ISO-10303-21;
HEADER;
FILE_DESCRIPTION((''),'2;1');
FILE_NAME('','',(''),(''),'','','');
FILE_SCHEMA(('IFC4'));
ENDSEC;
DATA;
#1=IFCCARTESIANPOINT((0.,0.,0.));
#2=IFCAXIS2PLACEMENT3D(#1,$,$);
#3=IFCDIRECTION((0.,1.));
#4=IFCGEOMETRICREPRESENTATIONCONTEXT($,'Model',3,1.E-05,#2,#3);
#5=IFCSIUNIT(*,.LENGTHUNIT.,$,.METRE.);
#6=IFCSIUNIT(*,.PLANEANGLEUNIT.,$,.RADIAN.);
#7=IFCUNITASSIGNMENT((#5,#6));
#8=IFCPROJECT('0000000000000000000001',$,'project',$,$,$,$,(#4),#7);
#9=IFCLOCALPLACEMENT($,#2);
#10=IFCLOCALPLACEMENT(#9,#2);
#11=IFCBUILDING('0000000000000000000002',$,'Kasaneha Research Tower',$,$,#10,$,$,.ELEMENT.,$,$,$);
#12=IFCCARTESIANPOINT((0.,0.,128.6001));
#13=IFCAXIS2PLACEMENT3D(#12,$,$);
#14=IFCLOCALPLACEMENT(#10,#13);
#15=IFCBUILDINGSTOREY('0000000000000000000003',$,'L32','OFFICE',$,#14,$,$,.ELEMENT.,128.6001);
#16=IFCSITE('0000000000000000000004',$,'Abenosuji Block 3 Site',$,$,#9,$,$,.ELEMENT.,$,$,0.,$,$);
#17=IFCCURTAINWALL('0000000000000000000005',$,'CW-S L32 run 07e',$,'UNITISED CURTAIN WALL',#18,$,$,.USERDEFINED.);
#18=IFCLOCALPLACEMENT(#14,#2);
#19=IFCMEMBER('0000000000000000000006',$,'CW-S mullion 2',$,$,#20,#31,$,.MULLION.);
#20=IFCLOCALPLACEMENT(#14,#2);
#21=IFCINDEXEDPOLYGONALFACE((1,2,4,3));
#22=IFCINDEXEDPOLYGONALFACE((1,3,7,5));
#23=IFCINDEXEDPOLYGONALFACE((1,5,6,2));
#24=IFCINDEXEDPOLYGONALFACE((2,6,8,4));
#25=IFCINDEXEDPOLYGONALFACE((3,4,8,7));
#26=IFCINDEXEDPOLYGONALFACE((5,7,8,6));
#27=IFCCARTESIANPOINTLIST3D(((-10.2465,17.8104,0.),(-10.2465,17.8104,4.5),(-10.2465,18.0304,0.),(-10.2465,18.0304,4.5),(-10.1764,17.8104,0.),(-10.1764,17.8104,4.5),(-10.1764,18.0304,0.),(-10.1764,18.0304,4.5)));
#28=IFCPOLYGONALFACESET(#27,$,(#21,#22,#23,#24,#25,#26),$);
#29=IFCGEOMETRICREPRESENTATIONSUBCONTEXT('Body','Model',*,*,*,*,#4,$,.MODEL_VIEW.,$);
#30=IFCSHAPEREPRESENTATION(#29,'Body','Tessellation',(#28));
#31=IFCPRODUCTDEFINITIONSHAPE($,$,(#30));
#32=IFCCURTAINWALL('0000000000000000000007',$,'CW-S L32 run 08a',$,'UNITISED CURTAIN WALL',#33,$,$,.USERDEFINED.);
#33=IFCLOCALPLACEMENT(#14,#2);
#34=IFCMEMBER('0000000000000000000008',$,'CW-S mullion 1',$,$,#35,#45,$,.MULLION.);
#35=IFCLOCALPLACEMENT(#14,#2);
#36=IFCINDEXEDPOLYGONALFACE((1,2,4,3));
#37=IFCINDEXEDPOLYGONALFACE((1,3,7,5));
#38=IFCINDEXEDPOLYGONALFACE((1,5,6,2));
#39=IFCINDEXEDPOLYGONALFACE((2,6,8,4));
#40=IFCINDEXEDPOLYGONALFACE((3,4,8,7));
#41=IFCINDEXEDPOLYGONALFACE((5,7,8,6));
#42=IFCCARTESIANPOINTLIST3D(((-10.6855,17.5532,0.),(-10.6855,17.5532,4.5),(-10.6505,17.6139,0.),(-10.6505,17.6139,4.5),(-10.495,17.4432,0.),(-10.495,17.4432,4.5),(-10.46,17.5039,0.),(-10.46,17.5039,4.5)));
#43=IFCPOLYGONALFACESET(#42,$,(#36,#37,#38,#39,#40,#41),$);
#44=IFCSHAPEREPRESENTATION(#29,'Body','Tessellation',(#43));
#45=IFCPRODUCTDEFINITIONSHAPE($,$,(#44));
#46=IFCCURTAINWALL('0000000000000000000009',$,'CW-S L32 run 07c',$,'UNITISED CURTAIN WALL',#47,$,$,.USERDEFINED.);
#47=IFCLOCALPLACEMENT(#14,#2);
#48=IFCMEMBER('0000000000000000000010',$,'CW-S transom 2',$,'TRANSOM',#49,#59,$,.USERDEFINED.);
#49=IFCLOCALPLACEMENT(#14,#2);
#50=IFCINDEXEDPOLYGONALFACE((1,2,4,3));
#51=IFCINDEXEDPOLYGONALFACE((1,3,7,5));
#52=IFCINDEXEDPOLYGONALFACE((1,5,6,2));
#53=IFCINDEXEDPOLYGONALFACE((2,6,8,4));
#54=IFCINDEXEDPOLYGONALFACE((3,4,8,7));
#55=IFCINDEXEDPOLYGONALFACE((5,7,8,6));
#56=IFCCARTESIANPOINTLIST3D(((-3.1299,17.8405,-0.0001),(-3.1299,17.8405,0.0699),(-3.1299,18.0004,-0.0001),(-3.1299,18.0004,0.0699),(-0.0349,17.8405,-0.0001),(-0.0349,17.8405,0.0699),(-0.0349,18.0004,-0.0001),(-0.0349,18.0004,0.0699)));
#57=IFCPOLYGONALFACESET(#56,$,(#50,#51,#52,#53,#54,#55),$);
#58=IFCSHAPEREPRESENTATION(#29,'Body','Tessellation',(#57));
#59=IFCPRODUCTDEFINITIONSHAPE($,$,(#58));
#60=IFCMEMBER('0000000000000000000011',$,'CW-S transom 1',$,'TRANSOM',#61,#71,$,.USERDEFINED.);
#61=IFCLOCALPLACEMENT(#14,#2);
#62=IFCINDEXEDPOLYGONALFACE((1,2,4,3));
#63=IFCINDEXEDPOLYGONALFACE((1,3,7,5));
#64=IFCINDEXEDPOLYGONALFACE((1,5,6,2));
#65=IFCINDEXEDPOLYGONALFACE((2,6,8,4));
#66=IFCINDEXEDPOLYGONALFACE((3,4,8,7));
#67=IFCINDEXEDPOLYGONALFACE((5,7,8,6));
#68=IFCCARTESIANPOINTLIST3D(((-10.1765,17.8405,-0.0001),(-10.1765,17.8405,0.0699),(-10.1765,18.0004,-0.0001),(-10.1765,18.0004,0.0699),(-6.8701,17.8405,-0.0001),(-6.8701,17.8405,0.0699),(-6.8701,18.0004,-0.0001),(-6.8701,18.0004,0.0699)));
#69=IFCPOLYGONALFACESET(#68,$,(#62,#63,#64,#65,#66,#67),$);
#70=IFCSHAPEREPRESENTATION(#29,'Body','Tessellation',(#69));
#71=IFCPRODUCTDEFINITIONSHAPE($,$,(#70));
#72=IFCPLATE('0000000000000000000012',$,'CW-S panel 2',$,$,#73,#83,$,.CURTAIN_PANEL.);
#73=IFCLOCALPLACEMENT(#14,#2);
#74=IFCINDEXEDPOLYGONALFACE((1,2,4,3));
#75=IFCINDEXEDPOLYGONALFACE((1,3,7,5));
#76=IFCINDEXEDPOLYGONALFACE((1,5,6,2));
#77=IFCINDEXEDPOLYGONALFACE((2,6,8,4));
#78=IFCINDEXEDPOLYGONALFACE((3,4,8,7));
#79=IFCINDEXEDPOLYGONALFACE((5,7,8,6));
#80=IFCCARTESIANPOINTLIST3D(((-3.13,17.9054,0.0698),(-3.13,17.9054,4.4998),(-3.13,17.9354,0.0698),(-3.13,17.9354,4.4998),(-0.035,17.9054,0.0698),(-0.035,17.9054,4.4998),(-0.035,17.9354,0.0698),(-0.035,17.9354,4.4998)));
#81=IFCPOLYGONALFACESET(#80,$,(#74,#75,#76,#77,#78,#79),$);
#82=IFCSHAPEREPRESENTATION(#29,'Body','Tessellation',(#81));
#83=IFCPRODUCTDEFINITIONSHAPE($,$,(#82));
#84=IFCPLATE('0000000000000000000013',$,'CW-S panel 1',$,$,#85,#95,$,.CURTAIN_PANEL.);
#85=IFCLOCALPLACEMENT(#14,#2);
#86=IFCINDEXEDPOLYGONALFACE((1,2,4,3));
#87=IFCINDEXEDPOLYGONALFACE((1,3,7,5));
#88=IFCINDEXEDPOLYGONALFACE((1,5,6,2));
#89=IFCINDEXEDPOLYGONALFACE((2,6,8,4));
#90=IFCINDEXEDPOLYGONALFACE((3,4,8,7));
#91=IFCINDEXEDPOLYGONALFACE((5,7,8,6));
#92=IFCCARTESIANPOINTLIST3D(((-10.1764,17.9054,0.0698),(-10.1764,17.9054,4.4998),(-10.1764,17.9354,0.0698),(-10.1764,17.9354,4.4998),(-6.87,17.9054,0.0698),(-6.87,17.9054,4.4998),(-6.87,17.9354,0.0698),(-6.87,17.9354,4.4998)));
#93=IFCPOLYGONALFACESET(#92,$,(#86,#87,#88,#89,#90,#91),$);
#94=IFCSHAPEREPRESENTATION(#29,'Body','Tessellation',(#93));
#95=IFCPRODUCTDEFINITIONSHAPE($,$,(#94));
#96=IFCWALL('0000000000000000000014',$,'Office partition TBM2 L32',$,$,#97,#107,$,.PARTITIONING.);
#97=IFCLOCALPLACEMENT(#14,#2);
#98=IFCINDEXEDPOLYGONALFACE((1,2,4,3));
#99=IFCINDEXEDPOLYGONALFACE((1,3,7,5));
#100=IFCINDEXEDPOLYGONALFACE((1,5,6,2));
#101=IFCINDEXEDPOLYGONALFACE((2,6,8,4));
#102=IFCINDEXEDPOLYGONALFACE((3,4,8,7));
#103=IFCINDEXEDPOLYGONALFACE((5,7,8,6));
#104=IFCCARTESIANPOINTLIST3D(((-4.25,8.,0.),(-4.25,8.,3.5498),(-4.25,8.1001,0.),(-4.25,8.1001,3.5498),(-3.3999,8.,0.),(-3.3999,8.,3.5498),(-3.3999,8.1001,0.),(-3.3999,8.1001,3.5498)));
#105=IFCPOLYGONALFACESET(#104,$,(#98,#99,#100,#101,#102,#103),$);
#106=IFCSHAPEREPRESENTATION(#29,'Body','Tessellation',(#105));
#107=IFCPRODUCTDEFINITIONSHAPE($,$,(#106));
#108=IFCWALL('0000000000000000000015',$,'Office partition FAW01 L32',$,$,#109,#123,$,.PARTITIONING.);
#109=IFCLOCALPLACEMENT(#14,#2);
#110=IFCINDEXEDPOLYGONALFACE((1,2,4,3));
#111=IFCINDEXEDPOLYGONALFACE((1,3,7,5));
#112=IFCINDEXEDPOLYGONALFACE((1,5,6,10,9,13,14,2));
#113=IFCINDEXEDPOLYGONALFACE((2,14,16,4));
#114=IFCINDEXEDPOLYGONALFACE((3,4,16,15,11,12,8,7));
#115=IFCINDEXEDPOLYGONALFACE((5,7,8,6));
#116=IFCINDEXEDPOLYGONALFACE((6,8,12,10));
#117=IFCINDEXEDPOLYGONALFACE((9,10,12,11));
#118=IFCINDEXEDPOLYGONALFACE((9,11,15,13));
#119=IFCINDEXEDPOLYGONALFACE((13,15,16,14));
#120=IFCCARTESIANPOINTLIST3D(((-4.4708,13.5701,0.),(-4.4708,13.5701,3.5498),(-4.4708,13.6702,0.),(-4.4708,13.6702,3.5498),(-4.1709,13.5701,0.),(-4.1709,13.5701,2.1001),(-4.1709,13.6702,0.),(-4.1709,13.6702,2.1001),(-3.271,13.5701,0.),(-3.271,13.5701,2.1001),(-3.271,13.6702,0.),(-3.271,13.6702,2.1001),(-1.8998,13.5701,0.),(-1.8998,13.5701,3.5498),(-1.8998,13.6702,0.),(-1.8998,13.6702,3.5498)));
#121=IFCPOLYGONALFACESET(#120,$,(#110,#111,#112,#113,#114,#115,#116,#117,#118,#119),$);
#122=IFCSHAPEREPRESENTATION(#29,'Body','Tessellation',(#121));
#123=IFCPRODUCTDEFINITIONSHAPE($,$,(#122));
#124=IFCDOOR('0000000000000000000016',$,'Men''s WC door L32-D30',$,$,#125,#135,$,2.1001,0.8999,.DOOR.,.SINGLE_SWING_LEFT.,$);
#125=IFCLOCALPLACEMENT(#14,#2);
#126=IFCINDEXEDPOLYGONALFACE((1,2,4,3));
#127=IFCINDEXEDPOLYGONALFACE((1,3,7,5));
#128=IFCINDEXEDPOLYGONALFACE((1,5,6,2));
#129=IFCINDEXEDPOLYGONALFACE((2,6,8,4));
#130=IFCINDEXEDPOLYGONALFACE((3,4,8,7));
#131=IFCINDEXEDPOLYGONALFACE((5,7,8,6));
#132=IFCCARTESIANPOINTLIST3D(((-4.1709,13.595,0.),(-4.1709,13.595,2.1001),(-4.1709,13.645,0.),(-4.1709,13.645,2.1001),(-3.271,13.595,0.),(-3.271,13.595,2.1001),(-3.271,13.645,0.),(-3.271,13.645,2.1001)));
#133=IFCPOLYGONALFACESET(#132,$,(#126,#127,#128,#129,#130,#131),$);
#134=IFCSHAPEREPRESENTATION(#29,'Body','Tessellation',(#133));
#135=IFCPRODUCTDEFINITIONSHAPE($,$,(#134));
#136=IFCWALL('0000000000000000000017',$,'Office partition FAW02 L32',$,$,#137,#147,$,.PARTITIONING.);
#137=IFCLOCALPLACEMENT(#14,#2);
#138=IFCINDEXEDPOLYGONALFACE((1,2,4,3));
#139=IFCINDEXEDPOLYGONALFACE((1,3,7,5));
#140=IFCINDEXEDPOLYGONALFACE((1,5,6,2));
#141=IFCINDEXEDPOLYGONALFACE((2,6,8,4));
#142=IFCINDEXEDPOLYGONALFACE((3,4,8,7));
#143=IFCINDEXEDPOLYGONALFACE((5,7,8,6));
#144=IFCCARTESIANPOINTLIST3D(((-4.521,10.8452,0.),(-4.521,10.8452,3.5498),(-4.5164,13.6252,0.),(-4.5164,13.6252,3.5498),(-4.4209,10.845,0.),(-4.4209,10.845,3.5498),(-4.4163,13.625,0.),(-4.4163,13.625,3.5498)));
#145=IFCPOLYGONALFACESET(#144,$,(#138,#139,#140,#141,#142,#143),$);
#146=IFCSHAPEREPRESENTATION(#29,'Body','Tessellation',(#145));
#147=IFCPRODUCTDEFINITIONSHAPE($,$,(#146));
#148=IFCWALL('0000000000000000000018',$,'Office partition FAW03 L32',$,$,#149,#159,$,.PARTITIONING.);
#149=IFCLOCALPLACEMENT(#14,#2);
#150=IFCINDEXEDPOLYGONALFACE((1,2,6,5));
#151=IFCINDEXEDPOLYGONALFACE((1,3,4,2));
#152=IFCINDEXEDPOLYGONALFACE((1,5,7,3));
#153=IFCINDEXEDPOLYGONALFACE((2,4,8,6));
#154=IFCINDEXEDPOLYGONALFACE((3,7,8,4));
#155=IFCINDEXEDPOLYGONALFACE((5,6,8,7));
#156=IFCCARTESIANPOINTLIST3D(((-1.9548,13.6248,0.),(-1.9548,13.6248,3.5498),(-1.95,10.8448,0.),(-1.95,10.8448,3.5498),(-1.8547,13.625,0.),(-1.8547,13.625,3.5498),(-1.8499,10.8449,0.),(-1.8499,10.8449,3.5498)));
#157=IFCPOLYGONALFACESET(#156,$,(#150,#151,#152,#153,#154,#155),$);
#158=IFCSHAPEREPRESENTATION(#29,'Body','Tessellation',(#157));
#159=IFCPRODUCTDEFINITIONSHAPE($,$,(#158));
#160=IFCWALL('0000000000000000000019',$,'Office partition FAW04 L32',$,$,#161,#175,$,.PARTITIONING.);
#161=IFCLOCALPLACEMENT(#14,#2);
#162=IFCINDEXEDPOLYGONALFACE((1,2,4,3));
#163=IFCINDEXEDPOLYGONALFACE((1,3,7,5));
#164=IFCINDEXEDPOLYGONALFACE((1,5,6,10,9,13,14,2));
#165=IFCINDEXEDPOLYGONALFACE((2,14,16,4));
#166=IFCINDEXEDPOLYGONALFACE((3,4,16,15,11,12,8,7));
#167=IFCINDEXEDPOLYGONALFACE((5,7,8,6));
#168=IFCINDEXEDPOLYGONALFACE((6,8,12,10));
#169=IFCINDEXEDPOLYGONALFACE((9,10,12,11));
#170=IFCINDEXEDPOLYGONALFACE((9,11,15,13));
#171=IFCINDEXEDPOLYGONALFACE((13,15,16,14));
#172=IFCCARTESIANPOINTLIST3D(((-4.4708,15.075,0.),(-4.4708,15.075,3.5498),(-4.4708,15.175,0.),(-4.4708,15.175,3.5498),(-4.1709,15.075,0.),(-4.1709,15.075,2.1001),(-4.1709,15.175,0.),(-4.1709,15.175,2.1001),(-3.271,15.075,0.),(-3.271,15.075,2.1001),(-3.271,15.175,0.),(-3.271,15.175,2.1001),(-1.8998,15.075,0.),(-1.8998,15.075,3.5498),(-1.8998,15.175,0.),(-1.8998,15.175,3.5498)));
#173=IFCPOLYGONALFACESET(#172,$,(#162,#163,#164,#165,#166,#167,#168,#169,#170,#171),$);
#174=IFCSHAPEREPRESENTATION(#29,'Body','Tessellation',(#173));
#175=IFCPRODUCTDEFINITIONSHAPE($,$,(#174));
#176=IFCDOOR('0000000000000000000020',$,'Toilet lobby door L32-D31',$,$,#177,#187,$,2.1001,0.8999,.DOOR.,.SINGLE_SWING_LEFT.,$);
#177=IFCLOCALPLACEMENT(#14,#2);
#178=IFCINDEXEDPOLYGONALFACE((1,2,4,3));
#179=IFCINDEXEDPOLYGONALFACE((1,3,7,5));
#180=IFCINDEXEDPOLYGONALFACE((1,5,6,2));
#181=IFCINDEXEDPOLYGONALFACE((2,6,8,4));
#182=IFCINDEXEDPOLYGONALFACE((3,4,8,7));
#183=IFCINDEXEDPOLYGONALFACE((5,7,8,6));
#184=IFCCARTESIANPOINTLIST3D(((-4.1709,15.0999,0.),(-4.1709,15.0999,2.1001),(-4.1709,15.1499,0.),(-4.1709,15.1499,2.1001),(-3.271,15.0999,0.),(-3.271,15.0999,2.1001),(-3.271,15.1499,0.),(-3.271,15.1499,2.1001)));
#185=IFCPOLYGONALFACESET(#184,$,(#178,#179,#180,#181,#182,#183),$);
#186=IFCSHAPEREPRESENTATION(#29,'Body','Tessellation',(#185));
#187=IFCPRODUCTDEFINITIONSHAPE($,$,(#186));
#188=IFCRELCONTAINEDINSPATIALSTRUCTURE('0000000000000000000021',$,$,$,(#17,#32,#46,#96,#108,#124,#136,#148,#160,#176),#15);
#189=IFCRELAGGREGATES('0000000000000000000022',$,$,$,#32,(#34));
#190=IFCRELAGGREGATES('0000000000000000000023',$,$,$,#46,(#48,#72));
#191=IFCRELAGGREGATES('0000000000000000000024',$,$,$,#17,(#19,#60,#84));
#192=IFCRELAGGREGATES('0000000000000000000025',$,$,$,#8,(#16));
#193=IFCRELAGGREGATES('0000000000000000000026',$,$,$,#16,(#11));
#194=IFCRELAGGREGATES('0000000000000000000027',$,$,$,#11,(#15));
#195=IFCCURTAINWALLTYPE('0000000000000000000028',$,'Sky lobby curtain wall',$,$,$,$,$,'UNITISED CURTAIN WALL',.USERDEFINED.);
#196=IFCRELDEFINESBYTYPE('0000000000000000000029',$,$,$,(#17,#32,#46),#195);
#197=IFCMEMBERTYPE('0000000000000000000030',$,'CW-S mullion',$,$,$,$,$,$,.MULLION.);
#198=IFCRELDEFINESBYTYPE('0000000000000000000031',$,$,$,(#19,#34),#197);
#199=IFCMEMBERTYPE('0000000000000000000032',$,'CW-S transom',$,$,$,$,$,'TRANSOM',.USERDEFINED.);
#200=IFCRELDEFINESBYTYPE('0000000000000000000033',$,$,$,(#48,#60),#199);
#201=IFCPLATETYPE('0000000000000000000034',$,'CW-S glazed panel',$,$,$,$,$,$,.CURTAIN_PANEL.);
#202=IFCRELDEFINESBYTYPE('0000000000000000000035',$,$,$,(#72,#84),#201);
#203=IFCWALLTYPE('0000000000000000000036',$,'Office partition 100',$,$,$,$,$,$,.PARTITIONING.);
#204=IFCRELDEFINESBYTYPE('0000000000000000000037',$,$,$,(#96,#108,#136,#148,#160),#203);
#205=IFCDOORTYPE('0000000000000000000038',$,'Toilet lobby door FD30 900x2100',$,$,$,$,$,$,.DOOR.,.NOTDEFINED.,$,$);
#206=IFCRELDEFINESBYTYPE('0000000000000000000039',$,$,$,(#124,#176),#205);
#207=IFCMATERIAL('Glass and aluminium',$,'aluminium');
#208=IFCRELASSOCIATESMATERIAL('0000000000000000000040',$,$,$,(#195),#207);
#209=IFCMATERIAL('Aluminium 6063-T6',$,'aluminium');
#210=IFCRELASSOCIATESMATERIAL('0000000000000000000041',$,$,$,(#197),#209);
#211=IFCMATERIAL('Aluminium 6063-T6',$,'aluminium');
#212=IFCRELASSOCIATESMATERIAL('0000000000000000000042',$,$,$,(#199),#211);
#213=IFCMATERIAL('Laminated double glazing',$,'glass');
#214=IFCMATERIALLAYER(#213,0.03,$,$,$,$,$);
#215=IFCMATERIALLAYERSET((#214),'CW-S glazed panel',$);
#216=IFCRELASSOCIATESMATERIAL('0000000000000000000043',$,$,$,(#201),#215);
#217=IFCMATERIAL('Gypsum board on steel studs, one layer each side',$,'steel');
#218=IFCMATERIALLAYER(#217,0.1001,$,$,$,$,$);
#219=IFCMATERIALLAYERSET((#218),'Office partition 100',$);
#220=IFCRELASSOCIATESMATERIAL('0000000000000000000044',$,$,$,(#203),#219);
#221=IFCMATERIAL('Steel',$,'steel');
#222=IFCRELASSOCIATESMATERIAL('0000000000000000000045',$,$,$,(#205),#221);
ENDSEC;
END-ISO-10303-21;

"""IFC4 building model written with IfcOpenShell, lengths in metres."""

from ifc_helpers import new_model, si_unit, direction, frame, frame_2d, origin, origin_2d, place, context, subcontext, project, spatial, rectangle, extrude, material, layer, layer_set, material_profile, profile_set, type_object, element, fill, aggregate, save


model = new_model("IFC4")

# Units and contexts
model_context = context("Model", 3, precision=1e-05, world=origin(), true_north=direction((0.0, 1.0)))
body_context = subcontext(model_context, "Body", "Model", "MODEL_VIEW")
ifc_project = project(units=[si_unit("LENGTHUNIT", "METRE"), si_unit("PLANEANGLEUNIT", "RADIAN")], contexts=[model_context])

# Site, building, storey
site_placement = place(None, origin())
site = spatial("IfcSite", under=ifc_project, at=site_placement, Name="Abenosuji Block 3 Site", CompositionType="ELEMENT", RefElevation=0.0)
building_placement = place(site_placement, origin())
building = spatial("IfcBuilding", under=site, at=building_placement, Name="Kasaneha Research Tower", CompositionType="ELEMENT")
storey_placement = place(building_placement, frame((0.0, 0.0, 128.6001)))
storey = spatial("IfcBuildingStorey", under=building, at=storey_placement, Name="L32", Description="OFFICE", CompositionType="ELEMENT", Elevation=128.6001)

# Curtain walls, members
ifc_material_1 = material(Name="Glass and aluminium", Category="aluminium")
curtain_wall_type = type_object("IfcCurtainWallType", Name="Sky lobby curtain wall", ElementType="UNITISED CURTAIN WALL", PredefinedType="USERDEFINED", material=ifc_material_1)
curtain_wall_1_placement = place(storey_placement, origin())
curtain_wall_1 = element("IfcCurtainWall", 1, at=curtain_wall_1_placement, inside=storey, type_object=curtain_wall_type, Name="CW-S L32 run 07e", ObjectType="UNITISED CURTAIN WALL", PredefinedType="USERDEFINED")
ifc_material_2 = material(Name="Aluminium 6063-T6", Category="aluminium")
ifc_material_profile_1 = material_profile(ifc_material_2, rectangle(XDim=0.0701, YDim=0.22, at=origin_2d()), Name="CW-S mullion 70x220")
ifc_profile_set_1 = profile_set([ifc_material_profile_1], Name="Aluminium 6063-T6")
member_type_1 = type_object("IfcMemberType", Name="CW-S mullion", PredefinedType="MULLION", material=ifc_profile_set_1)
member_1_placement = place(storey_placement, frame((-10.2114, 17.9204, 0.0), z_axis=(0.0, 0.0, 1.0), x_axis=(-1.0, 0.0, 0.0)))
member_1 = element("IfcMember", 2, at=member_1_placement, type_object=member_type_1, Name="CW-S mullion 2", PredefinedType="MULLION", context=body_context, shape_type="SweptSolid", body=[
    extrude(rectangle(XDim=0.0701, YDim=0.22, at=origin_2d()), origin(), (0.0, 0.0, 1.0), 4.5),
])
curtain_wall_2_placement = place(storey_placement, origin())
curtain_wall_2 = element("IfcCurtainWall", 3, at=curtain_wall_2_placement, inside=storey, type_object=curtain_wall_type, Name="CW-S L32 run 08a", ObjectType="UNITISED CURTAIN WALL", PredefinedType="USERDEFINED")
member_2_placement = place(storey_placement, frame((-10.5728, 17.5286, 0.0), z_axis=(0.0, 0.0, 1.0), x_axis=(-0.5, -0.866025, 0.0)))
member_2 = element("IfcMember", 4, at=member_2_placement, type_object=member_type_1, Name="CW-S mullion 1", PredefinedType="MULLION", context=body_context, shape_type="SweptSolid", body=[
    extrude(rectangle(XDim=0.0701, YDim=0.22, at=origin_2d()), origin(), (0.0, 0.0, 1.0), 4.5),
])
aggregate(curtain_wall_2, [member_2])
curtain_wall_3_placement = place(storey_placement, origin())
curtain_wall_3 = element("IfcCurtainWall", 5, at=curtain_wall_3_placement, inside=storey, type_object=curtain_wall_type, Name="CW-S L32 run 07c", ObjectType="UNITISED CURTAIN WALL", PredefinedType="USERDEFINED")
ifc_material_3 = material(Name="Aluminium 6063-T6", Category="aluminium")
ifc_material_profile_2 = material_profile(ifc_material_3, rectangle(XDim=0.1599, YDim=0.0701, at=origin_2d()), Name="CW-S transom 160x70")
ifc_profile_set_2 = profile_set([ifc_material_profile_2], Name="Aluminium 6063-T6")
member_type_2 = type_object("IfcMemberType", Name="CW-S transom", ElementType="TRANSOM", PredefinedType="USERDEFINED", material=ifc_profile_set_2)
member_3_placement = place(storey_placement, frame((-0.0349, 17.9204, 0.0349), z_axis=(-1.0, 0.0, 0.0), x_axis=(0.0, -1.0, 0.0)))
member_3 = element("IfcMember", 6, at=member_3_placement, type_object=member_type_2, Name="CW-S transom 2", ObjectType="TRANSOM", PredefinedType="USERDEFINED", context=body_context, shape_type="SweptSolid", body=[
    extrude(rectangle(XDim=0.1599, YDim=0.0701, at=origin_2d()), origin(), (0.0, 0.0, 1.0), 3.095),
])

# Member
member_4_placement = place(storey_placement, frame((-6.8701, 17.9204, 0.0349), z_axis=(-1.0, 0.0, 0.0), x_axis=(0.0, -1.0, 0.0)))
member_4 = element("IfcMember", 7, at=member_4_placement, type_object=member_type_2, Name="CW-S transom 1", ObjectType="TRANSOM", PredefinedType="USERDEFINED", context=body_context, shape_type="SweptSolid", body=[
    extrude(rectangle(XDim=0.1599, YDim=0.0701, at=origin_2d()), origin(), (0.0, 0.0, 1.0), 3.3064),
])

# Plates
ifc_material_4 = material(Name="Laminated double glazing", Category="glass")
ifc_layer_1 = layer(ifc_material_4, 0.03)
ifc_layer_set_1 = layer_set([ifc_layer_1], Name="CW-S glazed panel")
plate_type = type_object("IfcPlateType", Name="CW-S glazed panel", PredefinedType="CURTAIN_PANEL", material=ifc_layer_set_1)
plate_1_placement = place(storey_placement, frame((-1.5825, 17.9204, 0.0698), z_axis=(0.0, 0.0, 1.0), x_axis=(-1.0, 0.0, 0.0)))
plate_1 = element("IfcPlate", 8, at=plate_1_placement, type_object=plate_type, Name="CW-S panel 2", PredefinedType="CURTAIN_PANEL", context=body_context, shape_type="SweptSolid", body=[
    extrude(rectangle(XDim=3.095, YDim=0.03, at=origin_2d()), origin(), (0.0, 0.0, 1.0), 4.4299),
])
aggregate(curtain_wall_3, [member_3, plate_1])
plate_2_placement = place(storey_placement, frame((-8.5232, 17.9204, 0.0698), z_axis=(0.0, 0.0, 1.0), x_axis=(-1.0, 0.0, 0.0)))
plate_2 = element("IfcPlate", 9, at=plate_2_placement, type_object=plate_type, Name="CW-S panel 1", PredefinedType="CURTAIN_PANEL", context=body_context, shape_type="SweptSolid", body=[
    extrude(rectangle(XDim=3.3064, YDim=0.03, at=origin_2d()), origin(), (0.0, 0.0, 1.0), 4.4299),
])
aggregate(curtain_wall_1, [member_1, member_4, plate_2])

# Wall
ifc_material_5 = material(Name="Gypsum board on steel studs, one layer each side", Category="steel")
ifc_layer_2 = layer(ifc_material_5, 0.1001)
ifc_layer_set_2 = layer_set([ifc_layer_2], Name="Office partition 100")
wall_type_1 = type_object("IfcWallType", Name="Office partition 100", PredefinedType="PARTITIONING", material=ifc_layer_set_2)
wall_1_placement = place(storey_placement, frame((-3.3999, 8.05, 0.0), z_axis=(0.0, 0.0, 1.0), x_axis=(-1.0, 0.0, 0.0)))
element("IfcWall", 10, at=wall_1_placement, inside=storey, type_object=wall_type_1, Name="Office partition TBM2 L32", PredefinedType="PARTITIONING", context=body_context, shape_type="SweptSolid", body=[
    extrude(rectangle(XDim=0.8501, YDim=0.1001, at=frame_2d((0.425, 0.0))), origin(), (0.0, 0.0, 1.0), 3.5498),
])

# Wall, opening, door
wall_2_placement = place(storey_placement, frame((-4.4709, 13.6201, 0.0), z_axis=(0.0, 0.0, 1.0), x_axis=(1.0, 0.0, 0.0)))
wall_2 = element("IfcWall", 11, at=wall_2_placement, inside=storey, type_object=wall_type_1, Name="Office partition FAW01 L32", PredefinedType="PARTITIONING", context=body_context, shape_type="SweptSolid", body=[
    extrude(rectangle(XDim=2.571, YDim=0.1001, at=frame_2d((1.2856, 0.0))), origin(), (0.0, 0.0, 1.0), 3.5498),
])
opening_1_placement = place(wall_2_placement, frame((0.3, 0.0, 0.0)))
opening_1 = element("IfcOpeningElement", 12, at=opening_1_placement, cuts=wall_2, PredefinedType="OPENING", context=body_context, shape_type="SweptSolid", body=[
    extrude(rectangle(XDim=0.8999, YDim=2.1001, at=frame_2d((0.45, 1.05))), frame((0.0, 0.0601, 0.0), z_axis=(0.0, -1.0, 0.0), x_axis=(1.0, 0.0, 0.0)), (0.0, 0.0, 1.0), 0.1201),
])
ifc_material_6 = material(Name="Steel", Category="steel")
door_type_1 = type_object("IfcDoorType", Name="Toilet lobby door FD30 900x2100", OperationType="NOTDEFINED", PredefinedType="DOOR", material=ifc_material_6)
door_1_placement = place(opening_1_placement, origin())
door_1 = element("IfcDoor", 13, at=door_1_placement, inside=storey, type_object=door_type_1, Name="Men's WC door L32-D30", OperationType="SINGLE_SWING_LEFT", OverallHeight=2.1001, OverallWidth=0.8999, PredefinedType="DOOR", context=body_context, shape_type="SweptSolid", body=[
    extrude(rectangle(XDim=0.8999, YDim=2.1001, at=frame_2d((0.45, 1.05))), frame((0.0, 0.0249, 0.0), z_axis=(0.0, -1.0, 0.0), x_axis=(1.0, 0.0, 0.0)), (0.0, 0.0, 1.0), 0.05),
])
fill(opening_1, door_1)

# Walls
for number, where, z_axis, x_axis, name in (
    (14, (-4.4709, 10.845, 0.0), (0.0, 0.0, 1.0), (0.001669, 0.999999, 0.0), "Office partition FAW02 L32"),
    (15, (-1.9048, 13.625, 0.0), (0.0, 0.0, 1.0), (0.001756, -0.999998, 0.0), "Office partition FAW03 L32"),
):
    element("IfcWall", number, at=place(storey_placement, frame(where, z_axis=z_axis, x_axis=x_axis)), inside=storey, type_object=wall_type_1, Name=name, PredefinedType="PARTITIONING", context=body_context, shape_type="SweptSolid", body=[
        extrude(rectangle(XDim=2.78, YDim=0.1001, at=frame_2d((1.3901, 0.0))), origin(), (0.0, 0.0, 1.0), 3.5498),
    ])

# Wall, opening, door
wall_3_placement = place(storey_placement, frame((-4.4709, 15.125, 0.0), z_axis=(0.0, 0.0, 1.0), x_axis=(1.0, 0.0, 0.0)))
wall_3 = element("IfcWall", 16, at=wall_3_placement, inside=storey, type_object=wall_type_1, Name="Office partition FAW04 L32", PredefinedType="PARTITIONING", context=body_context, shape_type="SweptSolid", body=[
    extrude(rectangle(XDim=2.571, YDim=0.1001, at=frame_2d((1.2856, 0.0))), origin(), (0.0, 0.0, 1.0), 3.5498),
])
opening_2_placement = place(wall_3_placement, frame((0.3, 0.0, 0.0)))
opening_2 = element("IfcOpeningElement", 17, at=opening_2_placement, cuts=wall_3, PredefinedType="OPENING", context=body_context, shape_type="SweptSolid", body=[
    extrude(rectangle(XDim=0.8999, YDim=2.1001, at=frame_2d((0.45, 1.05))), frame((0.0, 0.0601, 0.0), z_axis=(0.0, -1.0, 0.0), x_axis=(1.0, 0.0, 0.0)), (0.0, 0.0, 1.0), 0.1201),
])
door_2_placement = place(opening_2_placement, origin())
door_2 = element("IfcDoor", 18, at=door_2_placement, inside=storey, type_object=door_type_1, Name="Toilet lobby door L32-D31", OperationType="SINGLE_SWING_LEFT", OverallHeight=2.1001, OverallWidth=0.8999, PredefinedType="DOOR", context=body_context, shape_type="SweptSolid", body=[
    extrude(rectangle(XDim=0.8999, YDim=2.1001, at=frame_2d((0.45, 1.05))), frame((0.0, 0.0249, 0.0), z_axis=(0.0, -1.0, 0.0), x_axis=(1.0, 0.0, 0.0)), (0.0, 0.0, 1.0), 0.05),
])
fill(opening_2, door_2)

save(model, "model.ifc")
